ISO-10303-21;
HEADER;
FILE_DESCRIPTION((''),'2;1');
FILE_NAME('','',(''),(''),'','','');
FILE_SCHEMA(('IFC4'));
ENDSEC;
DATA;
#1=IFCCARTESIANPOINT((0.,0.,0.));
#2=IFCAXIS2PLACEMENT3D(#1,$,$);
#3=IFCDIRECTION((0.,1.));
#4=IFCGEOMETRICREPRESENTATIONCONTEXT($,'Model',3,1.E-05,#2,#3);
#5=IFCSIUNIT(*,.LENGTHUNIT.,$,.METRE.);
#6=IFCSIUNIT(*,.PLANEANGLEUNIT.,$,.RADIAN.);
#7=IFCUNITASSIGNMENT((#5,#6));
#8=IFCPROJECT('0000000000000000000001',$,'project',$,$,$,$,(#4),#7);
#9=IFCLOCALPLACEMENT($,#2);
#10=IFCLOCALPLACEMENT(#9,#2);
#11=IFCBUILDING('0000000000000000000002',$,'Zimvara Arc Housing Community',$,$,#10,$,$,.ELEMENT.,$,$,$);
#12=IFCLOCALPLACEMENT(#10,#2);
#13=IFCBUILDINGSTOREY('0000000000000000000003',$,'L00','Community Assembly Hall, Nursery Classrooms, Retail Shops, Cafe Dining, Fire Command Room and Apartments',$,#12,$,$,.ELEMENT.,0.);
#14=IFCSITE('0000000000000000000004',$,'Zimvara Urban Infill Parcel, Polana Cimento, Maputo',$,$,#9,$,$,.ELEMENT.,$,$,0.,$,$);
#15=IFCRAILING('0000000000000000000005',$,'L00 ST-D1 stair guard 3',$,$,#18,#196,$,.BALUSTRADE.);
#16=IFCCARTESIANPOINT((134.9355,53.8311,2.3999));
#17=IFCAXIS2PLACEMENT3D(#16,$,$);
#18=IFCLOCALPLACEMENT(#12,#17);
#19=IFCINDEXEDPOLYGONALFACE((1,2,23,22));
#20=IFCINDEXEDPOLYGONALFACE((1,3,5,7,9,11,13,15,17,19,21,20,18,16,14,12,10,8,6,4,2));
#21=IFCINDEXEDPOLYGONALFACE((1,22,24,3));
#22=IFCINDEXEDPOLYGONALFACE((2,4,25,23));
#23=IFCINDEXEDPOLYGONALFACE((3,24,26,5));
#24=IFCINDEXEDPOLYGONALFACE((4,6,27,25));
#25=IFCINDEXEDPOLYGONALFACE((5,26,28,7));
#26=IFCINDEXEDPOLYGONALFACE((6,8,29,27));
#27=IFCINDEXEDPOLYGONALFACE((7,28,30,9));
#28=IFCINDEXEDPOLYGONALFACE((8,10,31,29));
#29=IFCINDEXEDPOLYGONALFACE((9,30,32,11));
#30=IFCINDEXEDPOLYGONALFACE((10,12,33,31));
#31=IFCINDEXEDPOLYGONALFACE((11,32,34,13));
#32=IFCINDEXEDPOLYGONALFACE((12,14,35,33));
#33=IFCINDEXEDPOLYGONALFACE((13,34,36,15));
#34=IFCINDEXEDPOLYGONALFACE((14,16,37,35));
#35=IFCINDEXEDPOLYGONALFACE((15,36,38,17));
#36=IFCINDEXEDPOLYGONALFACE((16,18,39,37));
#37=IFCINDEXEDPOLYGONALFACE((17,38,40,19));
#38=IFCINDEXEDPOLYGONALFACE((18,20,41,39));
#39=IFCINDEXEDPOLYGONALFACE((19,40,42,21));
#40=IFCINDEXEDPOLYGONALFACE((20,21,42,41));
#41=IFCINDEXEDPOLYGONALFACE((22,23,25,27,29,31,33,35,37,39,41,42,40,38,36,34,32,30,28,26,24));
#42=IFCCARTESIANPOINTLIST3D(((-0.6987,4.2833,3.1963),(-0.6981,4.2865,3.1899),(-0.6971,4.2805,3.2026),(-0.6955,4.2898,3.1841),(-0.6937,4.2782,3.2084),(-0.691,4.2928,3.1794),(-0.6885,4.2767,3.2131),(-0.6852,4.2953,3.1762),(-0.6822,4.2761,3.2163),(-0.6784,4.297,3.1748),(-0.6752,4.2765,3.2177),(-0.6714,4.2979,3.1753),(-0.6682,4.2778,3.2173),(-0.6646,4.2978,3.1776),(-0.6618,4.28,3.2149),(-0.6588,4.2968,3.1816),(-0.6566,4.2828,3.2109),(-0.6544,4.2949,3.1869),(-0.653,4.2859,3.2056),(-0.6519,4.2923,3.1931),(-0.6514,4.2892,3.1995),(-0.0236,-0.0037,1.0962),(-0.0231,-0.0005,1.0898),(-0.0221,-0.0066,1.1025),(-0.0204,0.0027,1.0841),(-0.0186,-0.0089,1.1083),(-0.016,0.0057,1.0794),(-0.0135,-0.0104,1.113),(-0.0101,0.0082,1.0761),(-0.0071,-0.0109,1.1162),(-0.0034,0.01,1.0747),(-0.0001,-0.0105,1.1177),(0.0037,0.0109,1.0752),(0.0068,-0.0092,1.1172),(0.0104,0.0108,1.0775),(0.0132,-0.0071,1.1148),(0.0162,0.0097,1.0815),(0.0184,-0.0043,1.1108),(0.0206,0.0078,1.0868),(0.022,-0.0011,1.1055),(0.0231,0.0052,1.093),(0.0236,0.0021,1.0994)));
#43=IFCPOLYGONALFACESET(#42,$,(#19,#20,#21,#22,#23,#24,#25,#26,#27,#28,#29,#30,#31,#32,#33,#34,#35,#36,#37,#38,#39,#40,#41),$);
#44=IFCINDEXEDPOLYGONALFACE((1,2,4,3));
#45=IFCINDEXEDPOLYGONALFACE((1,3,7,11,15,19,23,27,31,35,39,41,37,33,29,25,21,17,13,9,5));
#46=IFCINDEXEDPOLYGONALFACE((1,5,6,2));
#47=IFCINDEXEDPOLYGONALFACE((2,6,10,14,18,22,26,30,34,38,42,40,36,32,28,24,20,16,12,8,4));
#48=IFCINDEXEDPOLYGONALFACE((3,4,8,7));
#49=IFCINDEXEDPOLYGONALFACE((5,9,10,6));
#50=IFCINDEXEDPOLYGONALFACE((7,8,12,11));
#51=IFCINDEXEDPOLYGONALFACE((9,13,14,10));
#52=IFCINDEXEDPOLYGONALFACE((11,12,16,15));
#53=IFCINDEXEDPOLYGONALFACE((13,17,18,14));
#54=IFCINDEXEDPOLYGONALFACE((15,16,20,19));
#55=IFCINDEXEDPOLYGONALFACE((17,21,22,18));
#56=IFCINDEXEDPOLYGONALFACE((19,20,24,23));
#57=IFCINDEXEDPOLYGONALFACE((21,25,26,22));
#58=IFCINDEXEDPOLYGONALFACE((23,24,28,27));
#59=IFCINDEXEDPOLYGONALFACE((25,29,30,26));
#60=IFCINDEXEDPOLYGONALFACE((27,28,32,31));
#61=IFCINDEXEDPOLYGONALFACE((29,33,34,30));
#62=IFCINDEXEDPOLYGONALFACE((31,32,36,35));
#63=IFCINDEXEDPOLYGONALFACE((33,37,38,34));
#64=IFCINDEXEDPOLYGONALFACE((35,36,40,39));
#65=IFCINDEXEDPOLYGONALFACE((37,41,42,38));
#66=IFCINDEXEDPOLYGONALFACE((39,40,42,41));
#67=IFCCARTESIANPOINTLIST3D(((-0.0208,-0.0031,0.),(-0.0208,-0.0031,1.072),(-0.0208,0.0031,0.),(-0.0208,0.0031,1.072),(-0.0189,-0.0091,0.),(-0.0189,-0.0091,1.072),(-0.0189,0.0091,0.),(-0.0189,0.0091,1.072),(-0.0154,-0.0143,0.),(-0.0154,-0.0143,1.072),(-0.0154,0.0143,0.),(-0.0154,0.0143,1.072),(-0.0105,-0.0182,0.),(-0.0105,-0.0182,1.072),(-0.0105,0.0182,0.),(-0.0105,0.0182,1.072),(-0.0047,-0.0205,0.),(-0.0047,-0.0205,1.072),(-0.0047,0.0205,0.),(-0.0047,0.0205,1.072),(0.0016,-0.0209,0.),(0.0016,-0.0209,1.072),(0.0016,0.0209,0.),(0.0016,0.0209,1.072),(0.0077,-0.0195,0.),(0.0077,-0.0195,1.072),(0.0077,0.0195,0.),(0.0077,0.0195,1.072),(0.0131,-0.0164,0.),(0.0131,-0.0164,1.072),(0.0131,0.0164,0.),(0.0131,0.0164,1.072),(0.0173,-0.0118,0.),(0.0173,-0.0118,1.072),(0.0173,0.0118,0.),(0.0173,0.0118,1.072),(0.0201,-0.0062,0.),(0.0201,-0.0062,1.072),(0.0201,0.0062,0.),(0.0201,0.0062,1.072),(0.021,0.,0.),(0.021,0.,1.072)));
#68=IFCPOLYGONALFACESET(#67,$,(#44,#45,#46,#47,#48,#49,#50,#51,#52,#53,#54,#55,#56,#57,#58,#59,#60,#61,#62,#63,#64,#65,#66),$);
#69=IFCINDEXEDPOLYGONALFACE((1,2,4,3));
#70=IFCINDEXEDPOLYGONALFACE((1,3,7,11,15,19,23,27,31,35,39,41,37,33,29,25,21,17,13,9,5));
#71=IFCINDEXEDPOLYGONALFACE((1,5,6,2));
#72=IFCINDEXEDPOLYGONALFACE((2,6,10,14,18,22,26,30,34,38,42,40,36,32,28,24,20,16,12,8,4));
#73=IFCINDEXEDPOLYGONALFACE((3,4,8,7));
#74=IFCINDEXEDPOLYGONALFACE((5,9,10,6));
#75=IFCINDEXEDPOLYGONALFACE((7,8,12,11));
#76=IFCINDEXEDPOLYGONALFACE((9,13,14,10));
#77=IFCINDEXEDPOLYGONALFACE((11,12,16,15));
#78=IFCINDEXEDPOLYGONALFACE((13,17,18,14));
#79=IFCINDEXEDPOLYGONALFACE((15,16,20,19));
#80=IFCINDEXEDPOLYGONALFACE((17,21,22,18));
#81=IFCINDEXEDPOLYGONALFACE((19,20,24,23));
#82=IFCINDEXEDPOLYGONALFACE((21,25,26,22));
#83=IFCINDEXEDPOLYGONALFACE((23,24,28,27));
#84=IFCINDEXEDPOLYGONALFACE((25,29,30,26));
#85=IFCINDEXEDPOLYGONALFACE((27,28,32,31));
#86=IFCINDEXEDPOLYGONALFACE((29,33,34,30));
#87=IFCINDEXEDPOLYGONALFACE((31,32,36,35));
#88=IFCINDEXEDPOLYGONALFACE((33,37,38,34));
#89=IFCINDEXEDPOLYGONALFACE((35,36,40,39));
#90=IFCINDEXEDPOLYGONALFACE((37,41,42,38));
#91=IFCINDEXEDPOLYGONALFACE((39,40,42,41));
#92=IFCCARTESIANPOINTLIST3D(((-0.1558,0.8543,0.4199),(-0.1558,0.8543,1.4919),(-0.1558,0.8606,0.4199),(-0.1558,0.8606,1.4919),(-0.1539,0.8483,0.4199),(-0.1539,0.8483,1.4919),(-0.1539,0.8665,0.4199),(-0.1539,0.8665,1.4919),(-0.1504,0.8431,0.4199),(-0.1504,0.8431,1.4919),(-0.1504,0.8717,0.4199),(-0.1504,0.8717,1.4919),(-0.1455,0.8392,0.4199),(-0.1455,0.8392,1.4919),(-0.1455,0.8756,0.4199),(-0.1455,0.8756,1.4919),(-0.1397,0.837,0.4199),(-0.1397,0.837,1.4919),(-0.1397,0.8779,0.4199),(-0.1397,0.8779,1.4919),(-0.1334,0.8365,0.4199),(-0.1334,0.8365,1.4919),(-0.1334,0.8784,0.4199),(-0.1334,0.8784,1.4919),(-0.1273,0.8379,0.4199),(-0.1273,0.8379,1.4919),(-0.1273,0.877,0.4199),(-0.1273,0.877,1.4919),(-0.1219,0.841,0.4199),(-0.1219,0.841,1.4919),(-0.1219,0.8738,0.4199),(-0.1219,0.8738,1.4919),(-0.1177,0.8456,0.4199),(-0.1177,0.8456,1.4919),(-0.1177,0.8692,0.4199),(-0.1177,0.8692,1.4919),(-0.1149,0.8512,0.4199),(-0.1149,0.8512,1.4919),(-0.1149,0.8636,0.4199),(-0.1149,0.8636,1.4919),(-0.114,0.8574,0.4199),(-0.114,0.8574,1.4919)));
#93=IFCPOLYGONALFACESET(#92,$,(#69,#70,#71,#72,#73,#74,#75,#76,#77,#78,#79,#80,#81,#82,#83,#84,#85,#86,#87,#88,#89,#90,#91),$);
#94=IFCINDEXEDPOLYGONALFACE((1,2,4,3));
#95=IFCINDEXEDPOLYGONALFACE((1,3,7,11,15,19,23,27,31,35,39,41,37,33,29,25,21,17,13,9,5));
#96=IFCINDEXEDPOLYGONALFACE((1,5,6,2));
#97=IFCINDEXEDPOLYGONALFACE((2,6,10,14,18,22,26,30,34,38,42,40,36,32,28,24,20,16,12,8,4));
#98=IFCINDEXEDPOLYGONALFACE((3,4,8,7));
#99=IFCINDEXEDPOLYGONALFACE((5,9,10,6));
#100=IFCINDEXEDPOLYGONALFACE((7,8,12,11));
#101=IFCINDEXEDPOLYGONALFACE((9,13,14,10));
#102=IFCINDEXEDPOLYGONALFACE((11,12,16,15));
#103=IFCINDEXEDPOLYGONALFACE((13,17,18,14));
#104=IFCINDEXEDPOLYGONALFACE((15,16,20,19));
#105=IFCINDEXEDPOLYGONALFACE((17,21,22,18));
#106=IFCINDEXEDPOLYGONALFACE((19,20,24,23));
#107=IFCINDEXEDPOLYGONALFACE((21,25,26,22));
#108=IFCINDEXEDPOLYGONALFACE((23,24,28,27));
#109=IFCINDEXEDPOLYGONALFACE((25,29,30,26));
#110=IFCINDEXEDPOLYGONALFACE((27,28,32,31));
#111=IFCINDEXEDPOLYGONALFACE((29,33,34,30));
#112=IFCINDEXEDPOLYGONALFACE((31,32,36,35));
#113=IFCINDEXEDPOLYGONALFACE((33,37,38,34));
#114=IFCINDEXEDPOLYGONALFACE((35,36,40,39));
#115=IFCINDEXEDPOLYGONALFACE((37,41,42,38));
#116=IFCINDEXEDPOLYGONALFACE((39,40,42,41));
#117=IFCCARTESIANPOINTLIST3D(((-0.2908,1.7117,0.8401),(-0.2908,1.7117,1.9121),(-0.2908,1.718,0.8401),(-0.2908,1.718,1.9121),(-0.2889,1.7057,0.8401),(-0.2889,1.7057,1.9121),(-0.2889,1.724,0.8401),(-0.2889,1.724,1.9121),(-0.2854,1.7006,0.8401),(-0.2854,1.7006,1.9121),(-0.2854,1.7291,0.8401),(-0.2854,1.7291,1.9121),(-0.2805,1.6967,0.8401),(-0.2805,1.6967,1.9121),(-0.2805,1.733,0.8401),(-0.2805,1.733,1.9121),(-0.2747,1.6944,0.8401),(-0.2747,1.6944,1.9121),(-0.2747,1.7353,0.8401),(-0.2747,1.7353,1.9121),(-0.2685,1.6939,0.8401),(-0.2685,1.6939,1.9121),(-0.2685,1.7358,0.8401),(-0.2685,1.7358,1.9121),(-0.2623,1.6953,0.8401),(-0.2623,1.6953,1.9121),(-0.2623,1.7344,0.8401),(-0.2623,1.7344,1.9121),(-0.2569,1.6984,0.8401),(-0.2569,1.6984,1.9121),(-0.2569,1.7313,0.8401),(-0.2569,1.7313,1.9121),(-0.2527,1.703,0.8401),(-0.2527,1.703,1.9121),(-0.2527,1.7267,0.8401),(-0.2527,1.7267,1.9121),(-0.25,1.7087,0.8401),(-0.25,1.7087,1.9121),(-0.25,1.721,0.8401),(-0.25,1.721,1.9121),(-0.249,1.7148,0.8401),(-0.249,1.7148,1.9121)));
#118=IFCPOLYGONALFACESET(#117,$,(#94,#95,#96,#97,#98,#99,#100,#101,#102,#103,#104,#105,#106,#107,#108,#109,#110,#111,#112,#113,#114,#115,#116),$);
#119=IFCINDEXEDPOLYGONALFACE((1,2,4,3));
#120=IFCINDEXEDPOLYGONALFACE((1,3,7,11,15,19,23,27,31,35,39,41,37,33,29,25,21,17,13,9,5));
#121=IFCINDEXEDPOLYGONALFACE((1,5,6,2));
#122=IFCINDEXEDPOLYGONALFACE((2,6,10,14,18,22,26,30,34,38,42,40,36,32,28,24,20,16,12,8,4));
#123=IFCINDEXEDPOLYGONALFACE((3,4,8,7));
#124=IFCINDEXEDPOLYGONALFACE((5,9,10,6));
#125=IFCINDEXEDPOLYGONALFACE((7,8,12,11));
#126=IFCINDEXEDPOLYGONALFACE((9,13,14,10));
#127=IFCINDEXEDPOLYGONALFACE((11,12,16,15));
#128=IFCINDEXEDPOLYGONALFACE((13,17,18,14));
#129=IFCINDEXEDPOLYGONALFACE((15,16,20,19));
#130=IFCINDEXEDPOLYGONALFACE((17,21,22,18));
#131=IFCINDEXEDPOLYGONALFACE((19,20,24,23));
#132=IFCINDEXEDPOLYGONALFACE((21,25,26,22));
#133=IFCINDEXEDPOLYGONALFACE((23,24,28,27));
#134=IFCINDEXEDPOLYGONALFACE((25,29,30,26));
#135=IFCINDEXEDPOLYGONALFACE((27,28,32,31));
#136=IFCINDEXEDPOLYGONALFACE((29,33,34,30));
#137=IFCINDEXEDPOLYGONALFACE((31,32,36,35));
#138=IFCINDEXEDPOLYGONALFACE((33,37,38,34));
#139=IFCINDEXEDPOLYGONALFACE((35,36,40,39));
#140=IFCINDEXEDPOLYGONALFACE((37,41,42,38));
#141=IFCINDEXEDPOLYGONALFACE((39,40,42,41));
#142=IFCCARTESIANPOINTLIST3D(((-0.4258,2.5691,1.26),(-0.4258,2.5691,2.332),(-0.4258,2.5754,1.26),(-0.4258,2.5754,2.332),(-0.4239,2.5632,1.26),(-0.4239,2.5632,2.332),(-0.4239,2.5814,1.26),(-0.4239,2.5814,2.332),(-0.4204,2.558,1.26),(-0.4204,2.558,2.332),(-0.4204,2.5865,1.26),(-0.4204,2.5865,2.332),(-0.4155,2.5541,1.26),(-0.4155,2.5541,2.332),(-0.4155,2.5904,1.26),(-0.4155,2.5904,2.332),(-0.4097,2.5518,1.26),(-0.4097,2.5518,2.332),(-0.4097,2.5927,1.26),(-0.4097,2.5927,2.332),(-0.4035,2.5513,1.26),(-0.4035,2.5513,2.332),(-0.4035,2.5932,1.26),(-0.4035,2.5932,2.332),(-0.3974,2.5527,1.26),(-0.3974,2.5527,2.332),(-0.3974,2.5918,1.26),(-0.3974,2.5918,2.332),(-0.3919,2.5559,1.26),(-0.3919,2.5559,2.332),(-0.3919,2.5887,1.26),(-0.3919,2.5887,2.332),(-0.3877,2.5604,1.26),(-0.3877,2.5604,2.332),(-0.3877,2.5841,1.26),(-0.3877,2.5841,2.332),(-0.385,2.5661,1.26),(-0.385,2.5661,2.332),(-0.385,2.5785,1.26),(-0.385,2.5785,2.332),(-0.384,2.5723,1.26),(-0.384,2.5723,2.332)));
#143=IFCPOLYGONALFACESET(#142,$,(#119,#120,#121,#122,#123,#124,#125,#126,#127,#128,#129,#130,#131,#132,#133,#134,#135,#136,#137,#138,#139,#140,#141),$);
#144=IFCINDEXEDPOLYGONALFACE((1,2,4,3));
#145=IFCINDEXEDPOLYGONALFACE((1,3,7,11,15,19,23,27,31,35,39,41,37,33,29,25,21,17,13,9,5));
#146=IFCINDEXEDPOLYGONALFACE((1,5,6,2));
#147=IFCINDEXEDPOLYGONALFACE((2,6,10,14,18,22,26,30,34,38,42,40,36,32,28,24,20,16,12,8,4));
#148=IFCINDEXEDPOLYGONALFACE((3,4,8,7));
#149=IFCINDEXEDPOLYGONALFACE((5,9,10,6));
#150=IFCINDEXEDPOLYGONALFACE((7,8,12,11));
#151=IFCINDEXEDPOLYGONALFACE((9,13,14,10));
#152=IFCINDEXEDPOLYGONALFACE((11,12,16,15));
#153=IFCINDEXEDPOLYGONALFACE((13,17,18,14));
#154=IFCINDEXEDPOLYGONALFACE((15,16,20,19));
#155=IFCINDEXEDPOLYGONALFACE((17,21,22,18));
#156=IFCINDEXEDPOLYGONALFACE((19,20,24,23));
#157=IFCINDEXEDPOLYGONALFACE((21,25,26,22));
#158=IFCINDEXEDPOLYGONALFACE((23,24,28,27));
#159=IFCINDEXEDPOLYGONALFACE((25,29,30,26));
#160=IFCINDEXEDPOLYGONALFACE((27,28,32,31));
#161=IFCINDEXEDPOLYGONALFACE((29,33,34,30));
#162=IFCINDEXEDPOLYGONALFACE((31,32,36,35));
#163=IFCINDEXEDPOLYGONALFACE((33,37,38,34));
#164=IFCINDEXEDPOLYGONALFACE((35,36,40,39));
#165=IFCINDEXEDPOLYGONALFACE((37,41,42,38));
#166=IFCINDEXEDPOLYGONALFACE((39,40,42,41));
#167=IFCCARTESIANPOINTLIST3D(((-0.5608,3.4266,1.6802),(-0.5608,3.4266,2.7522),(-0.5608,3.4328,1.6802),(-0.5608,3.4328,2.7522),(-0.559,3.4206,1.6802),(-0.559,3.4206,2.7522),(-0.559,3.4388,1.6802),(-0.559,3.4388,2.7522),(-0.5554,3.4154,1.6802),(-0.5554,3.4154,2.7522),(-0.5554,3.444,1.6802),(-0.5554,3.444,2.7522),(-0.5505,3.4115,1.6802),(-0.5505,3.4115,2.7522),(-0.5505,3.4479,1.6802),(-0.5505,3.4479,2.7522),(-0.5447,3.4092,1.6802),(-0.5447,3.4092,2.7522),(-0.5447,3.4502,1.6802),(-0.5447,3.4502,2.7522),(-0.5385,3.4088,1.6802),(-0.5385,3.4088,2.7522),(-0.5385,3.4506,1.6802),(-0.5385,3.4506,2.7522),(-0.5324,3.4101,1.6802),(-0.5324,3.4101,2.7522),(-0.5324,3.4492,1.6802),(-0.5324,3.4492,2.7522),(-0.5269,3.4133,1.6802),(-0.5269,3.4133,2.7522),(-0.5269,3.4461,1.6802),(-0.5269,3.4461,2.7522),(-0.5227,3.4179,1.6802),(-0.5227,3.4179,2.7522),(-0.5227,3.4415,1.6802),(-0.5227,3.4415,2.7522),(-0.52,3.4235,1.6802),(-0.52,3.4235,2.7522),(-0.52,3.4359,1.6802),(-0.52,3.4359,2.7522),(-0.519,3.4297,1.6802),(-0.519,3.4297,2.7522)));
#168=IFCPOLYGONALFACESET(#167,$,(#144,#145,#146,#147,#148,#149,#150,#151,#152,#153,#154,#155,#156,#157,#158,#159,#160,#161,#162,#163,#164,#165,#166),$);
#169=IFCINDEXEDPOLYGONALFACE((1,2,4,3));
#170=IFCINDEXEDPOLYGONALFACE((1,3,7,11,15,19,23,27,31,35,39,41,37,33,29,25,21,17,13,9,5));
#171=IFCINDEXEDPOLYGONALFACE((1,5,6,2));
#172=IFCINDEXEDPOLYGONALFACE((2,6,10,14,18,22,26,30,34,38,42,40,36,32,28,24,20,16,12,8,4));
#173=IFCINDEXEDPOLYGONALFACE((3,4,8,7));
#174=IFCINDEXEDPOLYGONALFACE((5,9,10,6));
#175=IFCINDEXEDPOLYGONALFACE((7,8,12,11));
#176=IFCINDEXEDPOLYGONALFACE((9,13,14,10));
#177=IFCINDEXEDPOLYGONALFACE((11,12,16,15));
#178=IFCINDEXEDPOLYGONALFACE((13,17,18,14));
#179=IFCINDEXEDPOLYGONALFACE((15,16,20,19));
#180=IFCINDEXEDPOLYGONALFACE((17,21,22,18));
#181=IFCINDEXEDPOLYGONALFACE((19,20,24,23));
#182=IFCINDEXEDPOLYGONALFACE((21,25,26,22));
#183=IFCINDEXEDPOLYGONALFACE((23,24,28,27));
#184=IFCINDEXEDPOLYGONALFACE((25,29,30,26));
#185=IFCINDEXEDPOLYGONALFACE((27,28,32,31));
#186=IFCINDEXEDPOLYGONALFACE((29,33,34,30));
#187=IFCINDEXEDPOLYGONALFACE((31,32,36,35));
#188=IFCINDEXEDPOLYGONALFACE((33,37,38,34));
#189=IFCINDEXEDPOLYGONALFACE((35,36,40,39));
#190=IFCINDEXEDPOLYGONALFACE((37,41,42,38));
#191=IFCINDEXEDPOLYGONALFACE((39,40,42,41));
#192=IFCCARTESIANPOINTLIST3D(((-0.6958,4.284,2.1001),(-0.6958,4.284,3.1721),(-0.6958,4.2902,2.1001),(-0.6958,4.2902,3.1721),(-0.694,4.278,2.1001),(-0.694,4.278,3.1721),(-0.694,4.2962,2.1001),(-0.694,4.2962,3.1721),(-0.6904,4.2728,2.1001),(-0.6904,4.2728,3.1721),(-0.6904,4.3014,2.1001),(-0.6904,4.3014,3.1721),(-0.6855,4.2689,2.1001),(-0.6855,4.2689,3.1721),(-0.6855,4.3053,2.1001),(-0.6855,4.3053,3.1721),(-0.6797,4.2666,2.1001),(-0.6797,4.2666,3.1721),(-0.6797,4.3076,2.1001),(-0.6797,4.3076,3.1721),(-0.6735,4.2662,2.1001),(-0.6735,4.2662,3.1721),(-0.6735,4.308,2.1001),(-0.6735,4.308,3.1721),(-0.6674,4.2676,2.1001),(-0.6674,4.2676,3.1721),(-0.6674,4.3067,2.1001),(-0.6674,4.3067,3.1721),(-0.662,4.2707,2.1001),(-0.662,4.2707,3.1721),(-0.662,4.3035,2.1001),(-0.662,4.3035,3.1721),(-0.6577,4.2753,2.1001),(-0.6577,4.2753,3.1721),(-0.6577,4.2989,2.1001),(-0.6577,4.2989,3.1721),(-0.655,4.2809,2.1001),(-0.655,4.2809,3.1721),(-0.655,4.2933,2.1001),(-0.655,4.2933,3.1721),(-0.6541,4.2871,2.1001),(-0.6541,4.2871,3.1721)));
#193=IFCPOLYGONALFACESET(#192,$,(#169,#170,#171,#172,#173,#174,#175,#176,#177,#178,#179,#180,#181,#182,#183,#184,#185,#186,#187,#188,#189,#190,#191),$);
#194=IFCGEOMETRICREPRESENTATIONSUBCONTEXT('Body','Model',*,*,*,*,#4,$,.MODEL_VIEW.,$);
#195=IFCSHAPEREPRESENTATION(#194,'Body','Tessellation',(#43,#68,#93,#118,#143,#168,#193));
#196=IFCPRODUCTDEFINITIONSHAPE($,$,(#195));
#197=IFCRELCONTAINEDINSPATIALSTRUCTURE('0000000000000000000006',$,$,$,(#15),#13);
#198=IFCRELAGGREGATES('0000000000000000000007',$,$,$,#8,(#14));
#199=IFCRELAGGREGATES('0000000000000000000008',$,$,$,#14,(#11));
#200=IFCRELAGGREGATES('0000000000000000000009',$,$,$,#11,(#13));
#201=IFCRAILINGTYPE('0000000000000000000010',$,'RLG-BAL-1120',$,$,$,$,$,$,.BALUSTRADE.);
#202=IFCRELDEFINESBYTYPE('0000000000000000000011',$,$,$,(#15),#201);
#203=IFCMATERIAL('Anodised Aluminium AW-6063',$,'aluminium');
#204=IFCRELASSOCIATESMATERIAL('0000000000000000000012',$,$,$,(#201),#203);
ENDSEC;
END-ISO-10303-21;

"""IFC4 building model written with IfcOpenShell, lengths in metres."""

from ifc_helpers import new_model, si_unit, direction, frame, origin, origin_2d, place, context, subcontext, project, spatial, circle, extrude, material, type_object, element, save


model = new_model("IFC4")

# Units and contexts
model_context = context("Model", 3, precision=1e-05, world=origin(), true_north=direction((0.0, 1.0)))
body_context = subcontext(model_context, "Body", "Model", "MODEL_VIEW")
ifc_project = project(units=[si_unit("LENGTHUNIT", "METRE"), si_unit("PLANEANGLEUNIT", "RADIAN")], contexts=[model_context])

# Site, building, storey
site_placement = place(None, origin())
site = spatial("IfcSite", under=ifc_project, at=site_placement, Name="Zimvara Urban Infill Parcel, Polana Cimento, Maputo", CompositionType="ELEMENT", RefElevation=0.0)
building_placement = place(site_placement, origin())
building = spatial("IfcBuilding", under=site, at=building_placement, Name="Zimvara Arc Housing Community", CompositionType="ELEMENT")
storey_placement = place(building_placement, origin())
storey = spatial("IfcBuildingStorey", under=building, at=storey_placement, Name="L00", Description="Community Assembly Hall, Nursery Classrooms, Retail Shops, Cafe Dining, Fire Command Room and Apartments", CompositionType="ELEMENT", Elevation=0.0)

# Railing
ifc_material_1 = material(Name="Anodised Aluminium AW-6063", Category="aluminium")
railing_type_1 = type_object("IfcRailingType", Name="RLG-BAL-1120", PredefinedType="BALUSTRADE", material=ifc_material_1)
railing_1_placement = place(storey_placement, frame((134.9355, 53.8311, 2.3999)))
element("IfcRailing", 1, at=railing_1_placement, inside=storey, type_object=railing_type_1, Name="L00 ST-D1 stair guard 3", PredefinedType="BALUSTRADE", context=body_context, shape_type="SweptSolid", body=[
    extrude(circle(Radius=0.0239, at=origin_2d()), frame((0.0, 0.0, 1.0962), z_axis=(-0.140012, 0.889193, 0.435583), x_axis=(-0.987829, -0.155544, 0.0)), (0.0, 0.0, 1.0), 4.8213),
    extrude(circle(Radius=0.021, at=origin_2d()), origin(), (0.0, 0.0, 1.0), 1.072),
    extrude(circle(Radius=0.021, at=origin_2d()), frame((-0.135, 0.8574, 0.4199)), (0.0, 0.0, 1.0), 1.072),
    extrude(circle(Radius=0.021, at=origin_2d()), frame((-0.27, 1.7148, 0.8401)), (0.0, 0.0, 1.0), 1.072),
    extrude(circle(Radius=0.021, at=origin_2d()), frame((-0.405, 2.5723, 1.26)), (0.0, 0.0, 1.0), 1.072),
    extrude(circle(Radius=0.021, at=origin_2d()), frame((-0.54, 3.4297, 1.6802)), (0.0, 0.0, 1.0), 1.072),
    extrude(circle(Radius=0.021, at=origin_2d()), frame((-0.675, 4.2871, 2.1001)), (0.0, 0.0, 1.0), 1.072),
])

save(model, "model.ifc")
